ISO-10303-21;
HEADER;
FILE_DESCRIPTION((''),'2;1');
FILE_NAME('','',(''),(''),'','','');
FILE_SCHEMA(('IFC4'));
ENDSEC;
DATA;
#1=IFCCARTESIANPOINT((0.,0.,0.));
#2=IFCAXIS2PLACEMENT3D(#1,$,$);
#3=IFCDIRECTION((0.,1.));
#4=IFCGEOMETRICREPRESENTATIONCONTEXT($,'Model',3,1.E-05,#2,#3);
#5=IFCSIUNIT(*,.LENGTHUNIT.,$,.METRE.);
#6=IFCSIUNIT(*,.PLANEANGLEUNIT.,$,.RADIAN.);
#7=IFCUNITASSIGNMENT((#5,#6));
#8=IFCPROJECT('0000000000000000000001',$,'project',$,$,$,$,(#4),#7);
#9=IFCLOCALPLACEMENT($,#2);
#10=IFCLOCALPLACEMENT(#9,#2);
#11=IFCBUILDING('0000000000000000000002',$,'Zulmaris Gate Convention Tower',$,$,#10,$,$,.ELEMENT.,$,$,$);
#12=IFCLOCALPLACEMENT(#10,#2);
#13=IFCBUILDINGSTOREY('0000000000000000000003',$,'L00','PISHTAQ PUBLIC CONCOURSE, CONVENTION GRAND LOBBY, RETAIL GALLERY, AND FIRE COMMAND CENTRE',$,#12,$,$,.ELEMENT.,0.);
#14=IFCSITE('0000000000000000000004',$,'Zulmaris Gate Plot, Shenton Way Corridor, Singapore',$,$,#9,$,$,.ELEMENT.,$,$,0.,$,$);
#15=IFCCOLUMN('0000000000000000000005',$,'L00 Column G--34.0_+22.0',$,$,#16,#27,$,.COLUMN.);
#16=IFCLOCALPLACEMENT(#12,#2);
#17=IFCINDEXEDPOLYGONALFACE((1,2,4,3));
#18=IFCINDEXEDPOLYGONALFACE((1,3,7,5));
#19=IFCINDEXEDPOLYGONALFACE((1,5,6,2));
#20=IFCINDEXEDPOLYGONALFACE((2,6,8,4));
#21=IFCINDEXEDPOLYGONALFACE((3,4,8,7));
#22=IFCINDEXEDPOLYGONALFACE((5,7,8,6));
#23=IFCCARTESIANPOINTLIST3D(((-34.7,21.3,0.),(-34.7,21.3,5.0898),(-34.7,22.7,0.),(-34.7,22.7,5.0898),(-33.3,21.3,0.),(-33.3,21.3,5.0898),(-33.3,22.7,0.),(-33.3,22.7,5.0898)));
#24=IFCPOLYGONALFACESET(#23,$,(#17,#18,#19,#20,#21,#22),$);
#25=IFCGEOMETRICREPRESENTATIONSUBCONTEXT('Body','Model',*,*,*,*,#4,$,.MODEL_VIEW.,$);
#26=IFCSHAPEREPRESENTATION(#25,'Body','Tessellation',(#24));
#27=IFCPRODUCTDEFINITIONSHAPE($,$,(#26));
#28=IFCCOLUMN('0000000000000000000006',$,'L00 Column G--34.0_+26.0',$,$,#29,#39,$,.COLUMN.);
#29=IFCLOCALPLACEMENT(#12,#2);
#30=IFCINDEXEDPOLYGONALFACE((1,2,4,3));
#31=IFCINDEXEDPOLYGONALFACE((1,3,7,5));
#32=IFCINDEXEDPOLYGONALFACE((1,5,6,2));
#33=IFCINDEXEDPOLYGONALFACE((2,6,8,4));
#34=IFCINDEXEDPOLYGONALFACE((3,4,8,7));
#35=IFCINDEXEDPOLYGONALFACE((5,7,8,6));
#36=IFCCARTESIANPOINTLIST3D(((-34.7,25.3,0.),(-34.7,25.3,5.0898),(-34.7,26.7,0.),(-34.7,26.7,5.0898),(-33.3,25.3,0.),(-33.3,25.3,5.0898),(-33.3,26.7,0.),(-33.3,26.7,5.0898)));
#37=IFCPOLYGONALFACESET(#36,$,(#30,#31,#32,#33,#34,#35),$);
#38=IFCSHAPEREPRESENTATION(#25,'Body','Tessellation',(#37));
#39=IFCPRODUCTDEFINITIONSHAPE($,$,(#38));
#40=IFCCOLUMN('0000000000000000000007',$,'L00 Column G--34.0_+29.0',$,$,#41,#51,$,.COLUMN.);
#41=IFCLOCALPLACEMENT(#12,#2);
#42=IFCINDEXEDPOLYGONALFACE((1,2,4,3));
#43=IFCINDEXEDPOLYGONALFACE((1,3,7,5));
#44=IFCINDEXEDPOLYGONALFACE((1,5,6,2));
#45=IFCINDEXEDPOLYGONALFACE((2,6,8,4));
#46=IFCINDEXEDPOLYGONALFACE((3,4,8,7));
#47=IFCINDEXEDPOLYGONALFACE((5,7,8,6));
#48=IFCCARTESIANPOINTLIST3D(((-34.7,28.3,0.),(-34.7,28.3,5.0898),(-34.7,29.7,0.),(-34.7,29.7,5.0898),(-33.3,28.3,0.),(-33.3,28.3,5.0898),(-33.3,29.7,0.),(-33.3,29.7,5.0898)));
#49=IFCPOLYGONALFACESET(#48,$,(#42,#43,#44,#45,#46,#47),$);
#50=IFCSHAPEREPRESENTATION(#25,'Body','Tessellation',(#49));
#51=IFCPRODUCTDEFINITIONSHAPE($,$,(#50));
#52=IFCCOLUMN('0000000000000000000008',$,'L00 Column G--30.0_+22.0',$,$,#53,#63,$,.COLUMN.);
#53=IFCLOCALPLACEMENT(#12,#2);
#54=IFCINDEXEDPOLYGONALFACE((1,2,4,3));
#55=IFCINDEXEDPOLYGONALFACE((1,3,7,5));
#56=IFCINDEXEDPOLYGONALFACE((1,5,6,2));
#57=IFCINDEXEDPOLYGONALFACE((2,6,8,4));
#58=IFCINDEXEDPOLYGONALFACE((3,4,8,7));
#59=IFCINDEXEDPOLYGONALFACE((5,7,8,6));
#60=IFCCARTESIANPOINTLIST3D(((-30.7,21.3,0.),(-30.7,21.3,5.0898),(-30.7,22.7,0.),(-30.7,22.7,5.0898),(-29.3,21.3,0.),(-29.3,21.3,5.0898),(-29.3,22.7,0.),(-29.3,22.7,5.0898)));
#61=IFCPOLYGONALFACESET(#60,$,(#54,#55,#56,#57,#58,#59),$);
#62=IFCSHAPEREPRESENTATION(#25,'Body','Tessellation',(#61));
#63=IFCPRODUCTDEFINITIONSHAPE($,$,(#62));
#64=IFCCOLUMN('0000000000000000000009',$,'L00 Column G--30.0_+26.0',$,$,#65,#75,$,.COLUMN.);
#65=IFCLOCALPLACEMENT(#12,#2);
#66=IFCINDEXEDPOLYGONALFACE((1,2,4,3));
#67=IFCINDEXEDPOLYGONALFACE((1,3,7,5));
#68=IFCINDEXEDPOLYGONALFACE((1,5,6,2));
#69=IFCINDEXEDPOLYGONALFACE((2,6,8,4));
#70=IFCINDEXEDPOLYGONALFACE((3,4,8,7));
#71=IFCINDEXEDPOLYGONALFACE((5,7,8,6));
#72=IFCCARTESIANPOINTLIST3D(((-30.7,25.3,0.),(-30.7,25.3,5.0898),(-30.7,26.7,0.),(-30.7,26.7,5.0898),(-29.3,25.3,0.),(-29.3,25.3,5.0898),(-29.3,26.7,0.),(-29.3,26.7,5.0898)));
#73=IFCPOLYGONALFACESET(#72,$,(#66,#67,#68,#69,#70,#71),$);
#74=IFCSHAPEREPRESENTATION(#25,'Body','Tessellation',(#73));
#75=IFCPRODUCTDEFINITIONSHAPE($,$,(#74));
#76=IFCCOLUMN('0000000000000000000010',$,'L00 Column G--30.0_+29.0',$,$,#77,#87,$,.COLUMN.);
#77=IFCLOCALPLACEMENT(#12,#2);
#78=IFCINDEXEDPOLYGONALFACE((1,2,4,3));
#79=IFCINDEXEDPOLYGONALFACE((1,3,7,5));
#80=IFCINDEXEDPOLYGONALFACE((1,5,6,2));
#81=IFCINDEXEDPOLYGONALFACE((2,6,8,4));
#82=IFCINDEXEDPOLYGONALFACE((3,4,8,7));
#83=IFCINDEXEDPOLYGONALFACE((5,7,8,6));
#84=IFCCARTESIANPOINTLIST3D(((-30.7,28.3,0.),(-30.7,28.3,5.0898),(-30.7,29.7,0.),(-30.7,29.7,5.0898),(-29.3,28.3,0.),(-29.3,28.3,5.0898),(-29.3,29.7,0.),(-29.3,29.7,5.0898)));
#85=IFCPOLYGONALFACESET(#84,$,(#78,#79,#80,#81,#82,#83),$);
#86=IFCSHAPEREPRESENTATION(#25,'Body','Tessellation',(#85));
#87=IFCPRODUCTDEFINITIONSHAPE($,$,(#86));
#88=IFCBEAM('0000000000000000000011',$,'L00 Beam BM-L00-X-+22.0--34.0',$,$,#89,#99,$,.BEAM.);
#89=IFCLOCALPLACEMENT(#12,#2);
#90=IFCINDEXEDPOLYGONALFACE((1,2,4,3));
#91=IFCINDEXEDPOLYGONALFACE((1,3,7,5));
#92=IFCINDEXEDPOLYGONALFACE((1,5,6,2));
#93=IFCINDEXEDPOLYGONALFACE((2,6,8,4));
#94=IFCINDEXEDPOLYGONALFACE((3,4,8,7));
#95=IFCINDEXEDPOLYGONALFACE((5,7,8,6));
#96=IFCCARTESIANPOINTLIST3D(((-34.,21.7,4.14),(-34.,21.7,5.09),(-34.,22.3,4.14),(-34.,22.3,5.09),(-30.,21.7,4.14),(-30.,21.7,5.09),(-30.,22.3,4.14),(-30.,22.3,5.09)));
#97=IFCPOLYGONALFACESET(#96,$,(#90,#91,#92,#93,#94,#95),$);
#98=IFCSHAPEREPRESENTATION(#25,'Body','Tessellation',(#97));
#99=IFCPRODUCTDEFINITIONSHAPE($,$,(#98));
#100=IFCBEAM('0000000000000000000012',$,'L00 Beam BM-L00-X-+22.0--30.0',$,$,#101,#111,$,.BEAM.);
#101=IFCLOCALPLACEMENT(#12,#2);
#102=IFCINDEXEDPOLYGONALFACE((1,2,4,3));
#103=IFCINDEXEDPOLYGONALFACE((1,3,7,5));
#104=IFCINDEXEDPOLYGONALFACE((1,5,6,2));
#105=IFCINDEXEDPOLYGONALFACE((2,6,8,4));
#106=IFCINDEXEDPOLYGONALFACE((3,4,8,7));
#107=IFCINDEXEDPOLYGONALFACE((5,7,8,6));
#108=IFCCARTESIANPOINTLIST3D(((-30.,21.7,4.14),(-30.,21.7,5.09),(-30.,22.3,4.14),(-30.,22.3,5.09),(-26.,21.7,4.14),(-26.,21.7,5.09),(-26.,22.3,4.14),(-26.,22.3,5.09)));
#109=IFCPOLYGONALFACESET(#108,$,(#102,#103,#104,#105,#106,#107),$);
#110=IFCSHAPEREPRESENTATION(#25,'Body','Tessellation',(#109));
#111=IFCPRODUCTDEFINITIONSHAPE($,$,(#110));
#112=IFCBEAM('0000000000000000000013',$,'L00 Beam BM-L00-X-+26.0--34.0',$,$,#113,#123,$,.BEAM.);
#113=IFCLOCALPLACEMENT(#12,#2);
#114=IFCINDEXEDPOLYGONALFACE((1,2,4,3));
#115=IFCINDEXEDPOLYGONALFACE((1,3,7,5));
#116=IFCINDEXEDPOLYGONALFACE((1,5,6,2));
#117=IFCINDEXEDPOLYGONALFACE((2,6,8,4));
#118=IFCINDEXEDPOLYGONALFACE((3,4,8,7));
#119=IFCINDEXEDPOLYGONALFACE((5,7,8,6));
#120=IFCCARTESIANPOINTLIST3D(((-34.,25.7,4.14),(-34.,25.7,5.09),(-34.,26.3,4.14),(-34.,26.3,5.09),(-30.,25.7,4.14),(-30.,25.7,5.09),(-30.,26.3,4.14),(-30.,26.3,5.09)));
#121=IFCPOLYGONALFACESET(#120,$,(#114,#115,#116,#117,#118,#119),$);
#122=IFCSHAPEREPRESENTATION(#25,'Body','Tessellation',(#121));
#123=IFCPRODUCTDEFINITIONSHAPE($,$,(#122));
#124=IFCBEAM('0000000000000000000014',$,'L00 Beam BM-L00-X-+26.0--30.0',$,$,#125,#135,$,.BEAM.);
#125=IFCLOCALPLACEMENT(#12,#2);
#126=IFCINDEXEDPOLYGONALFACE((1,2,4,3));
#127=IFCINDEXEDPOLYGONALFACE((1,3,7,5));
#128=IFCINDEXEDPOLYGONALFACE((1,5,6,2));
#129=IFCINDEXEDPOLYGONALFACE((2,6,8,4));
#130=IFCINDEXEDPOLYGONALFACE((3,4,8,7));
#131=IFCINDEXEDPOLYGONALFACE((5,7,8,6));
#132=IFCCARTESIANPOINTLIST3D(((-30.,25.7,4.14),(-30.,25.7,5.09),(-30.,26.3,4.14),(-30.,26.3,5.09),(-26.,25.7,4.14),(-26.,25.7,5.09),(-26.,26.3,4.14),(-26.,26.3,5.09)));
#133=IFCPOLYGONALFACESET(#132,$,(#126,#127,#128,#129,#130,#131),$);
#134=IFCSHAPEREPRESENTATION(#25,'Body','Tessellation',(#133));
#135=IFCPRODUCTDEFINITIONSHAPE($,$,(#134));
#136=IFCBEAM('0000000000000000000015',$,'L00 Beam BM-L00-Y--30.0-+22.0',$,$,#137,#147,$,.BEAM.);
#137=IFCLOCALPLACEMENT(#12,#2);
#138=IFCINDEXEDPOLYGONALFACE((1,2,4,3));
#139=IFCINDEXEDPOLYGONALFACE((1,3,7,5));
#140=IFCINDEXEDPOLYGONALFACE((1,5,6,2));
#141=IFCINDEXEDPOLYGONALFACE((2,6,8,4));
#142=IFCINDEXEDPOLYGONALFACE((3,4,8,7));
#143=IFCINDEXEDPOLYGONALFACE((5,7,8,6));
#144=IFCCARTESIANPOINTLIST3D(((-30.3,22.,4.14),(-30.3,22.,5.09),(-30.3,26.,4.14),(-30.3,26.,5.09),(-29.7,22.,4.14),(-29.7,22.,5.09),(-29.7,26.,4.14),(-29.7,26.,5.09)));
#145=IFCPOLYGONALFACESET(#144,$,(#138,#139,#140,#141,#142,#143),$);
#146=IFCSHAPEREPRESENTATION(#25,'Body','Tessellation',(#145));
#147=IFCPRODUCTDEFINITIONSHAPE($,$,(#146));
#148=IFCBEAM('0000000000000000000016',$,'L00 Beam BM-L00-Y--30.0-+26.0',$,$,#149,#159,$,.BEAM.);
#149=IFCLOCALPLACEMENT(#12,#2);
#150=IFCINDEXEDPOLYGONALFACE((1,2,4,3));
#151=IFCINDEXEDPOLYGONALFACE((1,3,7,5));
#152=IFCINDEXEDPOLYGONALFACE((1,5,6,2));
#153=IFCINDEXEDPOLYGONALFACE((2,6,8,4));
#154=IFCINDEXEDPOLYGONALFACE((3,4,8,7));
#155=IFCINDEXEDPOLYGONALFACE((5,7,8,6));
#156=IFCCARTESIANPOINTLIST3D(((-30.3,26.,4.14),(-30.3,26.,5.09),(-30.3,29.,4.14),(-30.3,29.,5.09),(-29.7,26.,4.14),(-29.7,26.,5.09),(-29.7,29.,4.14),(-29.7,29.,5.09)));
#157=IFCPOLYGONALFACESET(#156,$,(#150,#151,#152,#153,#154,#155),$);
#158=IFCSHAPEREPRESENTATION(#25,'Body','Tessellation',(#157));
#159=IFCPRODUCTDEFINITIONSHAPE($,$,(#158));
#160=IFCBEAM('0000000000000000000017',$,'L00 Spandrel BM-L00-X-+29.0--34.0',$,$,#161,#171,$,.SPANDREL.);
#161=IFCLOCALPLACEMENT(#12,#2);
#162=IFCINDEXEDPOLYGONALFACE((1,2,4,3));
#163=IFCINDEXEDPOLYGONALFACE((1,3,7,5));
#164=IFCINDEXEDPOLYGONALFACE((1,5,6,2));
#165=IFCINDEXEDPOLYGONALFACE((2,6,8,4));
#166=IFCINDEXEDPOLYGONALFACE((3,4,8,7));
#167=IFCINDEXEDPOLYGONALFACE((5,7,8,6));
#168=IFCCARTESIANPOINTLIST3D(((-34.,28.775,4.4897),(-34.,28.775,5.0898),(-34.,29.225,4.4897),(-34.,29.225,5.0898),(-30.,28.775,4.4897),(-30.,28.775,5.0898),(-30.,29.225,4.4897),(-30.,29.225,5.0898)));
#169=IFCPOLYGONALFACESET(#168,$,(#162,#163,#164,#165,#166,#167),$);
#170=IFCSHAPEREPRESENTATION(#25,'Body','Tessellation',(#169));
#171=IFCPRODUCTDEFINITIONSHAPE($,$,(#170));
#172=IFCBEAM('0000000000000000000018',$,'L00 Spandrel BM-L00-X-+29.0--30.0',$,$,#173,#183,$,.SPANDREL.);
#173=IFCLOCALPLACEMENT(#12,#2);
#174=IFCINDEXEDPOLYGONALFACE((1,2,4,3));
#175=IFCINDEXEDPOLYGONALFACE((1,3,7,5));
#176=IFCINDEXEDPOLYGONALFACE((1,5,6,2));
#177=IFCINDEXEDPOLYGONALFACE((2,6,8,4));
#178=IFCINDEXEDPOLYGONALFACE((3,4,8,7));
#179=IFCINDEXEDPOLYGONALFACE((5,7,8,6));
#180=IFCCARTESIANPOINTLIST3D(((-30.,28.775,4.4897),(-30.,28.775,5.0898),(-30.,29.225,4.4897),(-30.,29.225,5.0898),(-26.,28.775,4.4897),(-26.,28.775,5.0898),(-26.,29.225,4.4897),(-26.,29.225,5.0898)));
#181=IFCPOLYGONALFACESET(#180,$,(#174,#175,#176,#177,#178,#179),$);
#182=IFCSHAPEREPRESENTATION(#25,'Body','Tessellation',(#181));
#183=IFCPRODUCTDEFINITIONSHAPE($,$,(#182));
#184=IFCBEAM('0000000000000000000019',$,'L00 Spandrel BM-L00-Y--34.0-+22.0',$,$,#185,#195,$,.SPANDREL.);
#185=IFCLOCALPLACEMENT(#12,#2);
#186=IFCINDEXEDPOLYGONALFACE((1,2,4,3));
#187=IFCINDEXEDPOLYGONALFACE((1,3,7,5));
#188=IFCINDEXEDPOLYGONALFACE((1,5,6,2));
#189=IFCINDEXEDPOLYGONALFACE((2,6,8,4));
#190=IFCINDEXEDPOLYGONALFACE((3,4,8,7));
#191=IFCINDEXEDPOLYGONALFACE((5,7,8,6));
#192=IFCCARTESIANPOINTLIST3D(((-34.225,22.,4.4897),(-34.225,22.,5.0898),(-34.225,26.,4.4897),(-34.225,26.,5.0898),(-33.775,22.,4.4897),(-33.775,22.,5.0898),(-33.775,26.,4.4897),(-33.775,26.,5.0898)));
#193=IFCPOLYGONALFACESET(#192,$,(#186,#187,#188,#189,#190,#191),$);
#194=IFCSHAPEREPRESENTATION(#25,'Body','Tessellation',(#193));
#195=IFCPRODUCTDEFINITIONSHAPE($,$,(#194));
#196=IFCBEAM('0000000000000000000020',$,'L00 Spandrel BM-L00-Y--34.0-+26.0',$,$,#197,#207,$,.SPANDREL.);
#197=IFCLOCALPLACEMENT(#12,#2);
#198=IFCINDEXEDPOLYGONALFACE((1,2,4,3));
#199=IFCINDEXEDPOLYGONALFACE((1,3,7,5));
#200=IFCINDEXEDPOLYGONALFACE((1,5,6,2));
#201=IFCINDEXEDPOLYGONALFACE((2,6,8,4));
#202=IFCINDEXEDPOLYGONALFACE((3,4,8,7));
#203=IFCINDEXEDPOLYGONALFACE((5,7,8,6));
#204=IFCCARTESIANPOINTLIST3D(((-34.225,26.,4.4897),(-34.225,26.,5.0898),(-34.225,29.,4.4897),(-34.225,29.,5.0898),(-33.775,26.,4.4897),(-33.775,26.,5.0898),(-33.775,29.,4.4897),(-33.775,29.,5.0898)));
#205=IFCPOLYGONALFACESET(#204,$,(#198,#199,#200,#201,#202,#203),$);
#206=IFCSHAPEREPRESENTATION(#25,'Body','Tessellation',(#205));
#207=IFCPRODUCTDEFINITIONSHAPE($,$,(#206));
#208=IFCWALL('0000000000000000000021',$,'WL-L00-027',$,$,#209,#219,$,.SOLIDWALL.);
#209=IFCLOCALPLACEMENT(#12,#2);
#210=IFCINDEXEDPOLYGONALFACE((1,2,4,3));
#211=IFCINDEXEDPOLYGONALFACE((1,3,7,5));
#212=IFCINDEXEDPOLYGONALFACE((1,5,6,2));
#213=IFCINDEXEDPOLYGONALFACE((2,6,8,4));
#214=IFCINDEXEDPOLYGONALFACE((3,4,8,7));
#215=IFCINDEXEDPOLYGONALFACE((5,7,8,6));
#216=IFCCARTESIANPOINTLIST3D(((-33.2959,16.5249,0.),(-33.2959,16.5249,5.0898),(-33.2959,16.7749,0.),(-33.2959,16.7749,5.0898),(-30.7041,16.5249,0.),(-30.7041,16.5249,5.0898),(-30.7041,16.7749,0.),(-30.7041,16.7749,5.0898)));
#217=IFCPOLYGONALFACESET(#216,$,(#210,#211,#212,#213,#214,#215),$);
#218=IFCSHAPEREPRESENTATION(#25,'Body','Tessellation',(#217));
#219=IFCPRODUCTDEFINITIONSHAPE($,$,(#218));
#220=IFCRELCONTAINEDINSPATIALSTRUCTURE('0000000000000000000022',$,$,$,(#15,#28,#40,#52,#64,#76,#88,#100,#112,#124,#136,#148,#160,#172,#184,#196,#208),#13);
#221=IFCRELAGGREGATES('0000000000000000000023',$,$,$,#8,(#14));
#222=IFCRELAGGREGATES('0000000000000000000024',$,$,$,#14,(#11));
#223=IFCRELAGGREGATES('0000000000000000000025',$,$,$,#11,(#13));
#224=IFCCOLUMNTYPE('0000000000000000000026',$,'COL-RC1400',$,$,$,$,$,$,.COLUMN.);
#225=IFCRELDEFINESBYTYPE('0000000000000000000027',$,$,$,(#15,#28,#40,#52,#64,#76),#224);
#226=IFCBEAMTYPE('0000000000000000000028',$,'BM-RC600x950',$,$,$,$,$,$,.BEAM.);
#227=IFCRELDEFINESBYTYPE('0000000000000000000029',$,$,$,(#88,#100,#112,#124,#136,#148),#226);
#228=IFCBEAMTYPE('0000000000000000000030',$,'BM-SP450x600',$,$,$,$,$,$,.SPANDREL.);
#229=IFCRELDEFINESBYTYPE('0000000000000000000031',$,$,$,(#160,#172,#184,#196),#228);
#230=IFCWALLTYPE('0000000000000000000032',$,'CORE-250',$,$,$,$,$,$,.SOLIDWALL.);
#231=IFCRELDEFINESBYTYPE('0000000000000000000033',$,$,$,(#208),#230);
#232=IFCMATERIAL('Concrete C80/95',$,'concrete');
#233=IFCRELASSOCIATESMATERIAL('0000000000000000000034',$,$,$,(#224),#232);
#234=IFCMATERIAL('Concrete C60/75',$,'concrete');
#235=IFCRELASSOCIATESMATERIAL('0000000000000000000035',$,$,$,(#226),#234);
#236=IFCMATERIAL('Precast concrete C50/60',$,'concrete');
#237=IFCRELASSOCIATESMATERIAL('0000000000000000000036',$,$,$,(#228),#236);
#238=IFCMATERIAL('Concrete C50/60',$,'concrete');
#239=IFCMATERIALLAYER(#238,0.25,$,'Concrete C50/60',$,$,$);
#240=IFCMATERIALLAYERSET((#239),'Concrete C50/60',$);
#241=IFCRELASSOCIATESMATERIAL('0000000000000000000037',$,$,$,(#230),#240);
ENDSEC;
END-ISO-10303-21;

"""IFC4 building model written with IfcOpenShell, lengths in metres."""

from ifc_helpers import new_model, si_unit, direction, frame, frame_2d, origin, origin_2d, place, context, subcontext, project, spatial, rectangle, extrude, material, layer, layer_set, material_profile, profile_set, type_object, element, save


model = new_model("IFC4")

# Units and contexts
model_context = context("Model", 3, precision=1e-05, world=origin(), true_north=direction((0.0, 1.0)))
body_context = subcontext(model_context, "Body", "Model", "MODEL_VIEW")
ifc_project = project(units=[si_unit("LENGTHUNIT", "METRE"), si_unit("PLANEANGLEUNIT", "RADIAN")], contexts=[model_context])

# Site, building, storey
site_placement = place(None, origin())
site = spatial("IfcSite", under=ifc_project, at=site_placement, Name="Zulmaris Gate Plot, Shenton Way Corridor, Singapore", CompositionType="ELEMENT", RefElevation=0.0)
building_placement = place(site_placement, origin())
building = spatial("IfcBuilding", under=site, at=building_placement, Name="Zulmaris Gate Convention Tower", CompositionType="ELEMENT")
storey_placement = place(building_placement, origin())
storey = spatial("IfcBuildingStorey", under=building, at=storey_placement, Name="L00", Description="PISHTAQ PUBLIC CONCOURSE, CONVENTION GRAND LOBBY, RETAIL GALLERY, AND FIRE COMMAND CENTRE", CompositionType="ELEMENT", Elevation=0.0)

# Columns
ifc_material_1 = material(Name="Concrete C80/95", Category="concrete")
ifc_material_profile_1 = material_profile(ifc_material_1, rectangle(XDim=1.3999, YDim=1.3999, at=origin_2d()), Name="RC COL 1400x1400")
ifc_profile_set_1 = profile_set([ifc_material_profile_1], Name="Concrete C80/95")
column_type = type_object("IfcColumnType", Name="COL-RC1400", PredefinedType="COLUMN", material=ifc_profile_set_1)
for number, where, z_axis, x_axis, name in (
    (1, (-34.0, 22.0, 0.0), (0.0, 0.0, 1.0), (1.0, 0.0, 0.0), "L00 Column G--34.0_+22.0"),
    (2, (-34.0, 26.0, 0.0), (0.0, 0.0, 1.0), (1.0, 0.0, 0.0), "L00 Column G--34.0_+26.0"),
    (3, (-34.0, 29.0, 0.0), (0.0, 0.0, 1.0), (1.0, 0.0, 0.0), "L00 Column G--34.0_+29.0"),
    (4, (-30.0, 22.0, 0.0), (0.0, 0.0, 1.0), (1.0, 0.0, 0.0), "L00 Column G--30.0_+22.0"),
    (5, (-30.0, 26.0, 0.0), (0.0, 0.0, 1.0), (1.0, 0.0, 0.0), "L00 Column G--30.0_+26.0"),
    (6, (-30.0, 29.0, 0.0), (0.0, 0.0, 1.0), (1.0, 0.0, 0.0), "L00 Column G--30.0_+29.0"),
):
    element("IfcColumn", number, at=place(storey_placement, frame(where, z_axis=z_axis, x_axis=x_axis)), inside=storey, type_object=column_type, Name=name, PredefinedType="COLUMN", context=body_context, shape_type="SweptSolid", body=[
        extrude(rectangle(XDim=1.3999, YDim=1.3999, at=origin_2d()), origin(), (0.0, 0.0, 1.0), 5.0898),
    ])

# Beams
ifc_material_2 = material(Name="Concrete C60/75", Category="concrete")
ifc_material_profile_2 = material_profile(ifc_material_2, rectangle(XDim=0.6001, YDim=0.95, at=origin_2d()), Name="RC BEAM 600x950")
ifc_profile_set_2 = profile_set([ifc_material_profile_2], Name="Concrete C60/75")
beam_type_1 = type_object("IfcBeamType", Name="BM-RC600x950", PredefinedType="BEAM", material=ifc_profile_set_2)
for number, where, z_axis, x_axis, name in (
    (7, (-34.0, 22.0, 4.615), (1.0, 0.0, 0.0), (0.0, 1.0, 0.0), "L00 Beam BM-L00-X-+22.0--34.0"),
    (8, (-30.0, 22.0, 4.615), (1.0, 0.0, 0.0), (0.0, 1.0, 0.0), "L00 Beam BM-L00-X-+22.0--30.0"),
    (9, (-34.0, 26.0, 4.615), (1.0, 0.0, 0.0), (0.0, 1.0, 0.0), "L00 Beam BM-L00-X-+26.0--34.0"),
    (10, (-30.0, 26.0, 4.615), (1.0, 0.0, 0.0), (0.0, 1.0, 0.0), "L00 Beam BM-L00-X-+26.0--30.0"),
    (11, (-30.0, 22.0, 4.615), (0.0, 1.0, 0.0), (-1.0, 0.0, 0.0), "L00 Beam BM-L00-Y--30.0-+22.0"),
):
    element("IfcBeam", number, at=place(storey_placement, frame(where, z_axis=z_axis, x_axis=x_axis)), inside=storey, type_object=beam_type_1, Name=name, PredefinedType="BEAM", context=body_context, shape_type="SweptSolid", body=[
        extrude(rectangle(XDim=0.6001, YDim=0.95, at=origin_2d()), origin(), (0.0, 0.0, 1.0), 4.0),
    ])
beam_1_placement = place(storey_placement, frame((-30.0, 26.0, 4.615), z_axis=(0.0, 1.0, 0.0), x_axis=(-1.0, 0.0, 0.0)))
element("IfcBeam", 12, at=beam_1_placement, inside=storey, type_object=beam_type_1, Name="L00 Beam BM-L00-Y--30.0-+26.0", PredefinedType="BEAM", context=body_context, shape_type="SweptSolid", body=[
    extrude(rectangle(XDim=0.6001, YDim=0.95, at=origin_2d()), origin(), (0.0, 0.0, 1.0), 3.0),
])
ifc_material_3 = material(Name="Precast concrete C50/60", Category="concrete")
ifc_material_profile_3 = material_profile(ifc_material_3, rectangle(XDim=0.45, YDim=0.6001, at=origin_2d()), Name="RC SPANDREL 450x600")
ifc_profile_set_3 = profile_set([ifc_material_profile_3], Name="Precast concrete C50/60")
beam_type_2 = type_object("IfcBeamType", Name="BM-SP450x600", PredefinedType="SPANDREL", material=ifc_profile_set_3)
for number, where, z_axis, x_axis, name in (
    (13, (-34.0, 29.0, 4.7898), (1.0, 0.0, 0.0), (0.0, 1.0, 0.0), "L00 Spandrel BM-L00-X-+29.0--34.0"),
    (14, (-30.0, 29.0, 4.7898), (1.0, 0.0, 0.0), (0.0, 1.0, 0.0), "L00 Spandrel BM-L00-X-+29.0--30.0"),
    (15, (-34.0, 22.0, 4.7898), (0.0, 1.0, 0.0), (-1.0, 0.0, 0.0), "L00 Spandrel BM-L00-Y--34.0-+22.0"),
):
    element("IfcBeam", number, at=place(storey_placement, frame(where, z_axis=z_axis, x_axis=x_axis)), inside=storey, type_object=beam_type_2, Name=name, PredefinedType="SPANDREL", context=body_context, shape_type="SweptSolid", body=[
        extrude(rectangle(XDim=0.45, YDim=0.6001, at=origin_2d()), origin(), (0.0, 0.0, 1.0), 4.0),
    ])
beam_2_placement = place(storey_placement, frame((-34.0, 26.0, 4.7898), z_axis=(0.0, 1.0, 0.0), x_axis=(-1.0, 0.0, 0.0)))
element("IfcBeam", 16, at=beam_2_placement, inside=storey, type_object=beam_type_2, Name="L00 Spandrel BM-L00-Y--34.0-+26.0", PredefinedType="SPANDREL", context=body_context, shape_type="SweptSolid", body=[
    extrude(rectangle(XDim=0.45, YDim=0.6001, at=origin_2d()), origin(), (0.0, 0.0, 1.0), 3.0),
])

# Wall
ifc_material_4 = material(Name="Concrete C50/60", Category="concrete")
ifc_layer_1 = layer(ifc_material_4, 0.25, Name="Concrete C50/60")
ifc_layer_set_1 = layer_set([ifc_layer_1], Name="Concrete C50/60")
wall_type_1 = type_object("IfcWallType", Name="CORE-250", PredefinedType="SOLIDWALL", material=ifc_layer_set_1)
for number, where, z_axis, x_axis, name in (
    (17, (-33.2959, 16.6499, 0.0), (0.0, 0.0, 1.0), (1.0, 0.0, 0.0), "WL-L00-027"),
):
    element("IfcWall", number, at=place(storey_placement, frame(where, z_axis=z_axis, x_axis=x_axis)), inside=storey, type_object=wall_type_1, Name=name, PredefinedType="SOLIDWALL", context=body_context, shape_type="SweptSolid", body=[
        extrude(rectangle(XDim=2.5918, YDim=0.25, at=frame_2d((1.2959, 0.0))), origin(), (0.0, 0.0, 1.0), 5.0898),
    ])

save(model, "model.ifc")
